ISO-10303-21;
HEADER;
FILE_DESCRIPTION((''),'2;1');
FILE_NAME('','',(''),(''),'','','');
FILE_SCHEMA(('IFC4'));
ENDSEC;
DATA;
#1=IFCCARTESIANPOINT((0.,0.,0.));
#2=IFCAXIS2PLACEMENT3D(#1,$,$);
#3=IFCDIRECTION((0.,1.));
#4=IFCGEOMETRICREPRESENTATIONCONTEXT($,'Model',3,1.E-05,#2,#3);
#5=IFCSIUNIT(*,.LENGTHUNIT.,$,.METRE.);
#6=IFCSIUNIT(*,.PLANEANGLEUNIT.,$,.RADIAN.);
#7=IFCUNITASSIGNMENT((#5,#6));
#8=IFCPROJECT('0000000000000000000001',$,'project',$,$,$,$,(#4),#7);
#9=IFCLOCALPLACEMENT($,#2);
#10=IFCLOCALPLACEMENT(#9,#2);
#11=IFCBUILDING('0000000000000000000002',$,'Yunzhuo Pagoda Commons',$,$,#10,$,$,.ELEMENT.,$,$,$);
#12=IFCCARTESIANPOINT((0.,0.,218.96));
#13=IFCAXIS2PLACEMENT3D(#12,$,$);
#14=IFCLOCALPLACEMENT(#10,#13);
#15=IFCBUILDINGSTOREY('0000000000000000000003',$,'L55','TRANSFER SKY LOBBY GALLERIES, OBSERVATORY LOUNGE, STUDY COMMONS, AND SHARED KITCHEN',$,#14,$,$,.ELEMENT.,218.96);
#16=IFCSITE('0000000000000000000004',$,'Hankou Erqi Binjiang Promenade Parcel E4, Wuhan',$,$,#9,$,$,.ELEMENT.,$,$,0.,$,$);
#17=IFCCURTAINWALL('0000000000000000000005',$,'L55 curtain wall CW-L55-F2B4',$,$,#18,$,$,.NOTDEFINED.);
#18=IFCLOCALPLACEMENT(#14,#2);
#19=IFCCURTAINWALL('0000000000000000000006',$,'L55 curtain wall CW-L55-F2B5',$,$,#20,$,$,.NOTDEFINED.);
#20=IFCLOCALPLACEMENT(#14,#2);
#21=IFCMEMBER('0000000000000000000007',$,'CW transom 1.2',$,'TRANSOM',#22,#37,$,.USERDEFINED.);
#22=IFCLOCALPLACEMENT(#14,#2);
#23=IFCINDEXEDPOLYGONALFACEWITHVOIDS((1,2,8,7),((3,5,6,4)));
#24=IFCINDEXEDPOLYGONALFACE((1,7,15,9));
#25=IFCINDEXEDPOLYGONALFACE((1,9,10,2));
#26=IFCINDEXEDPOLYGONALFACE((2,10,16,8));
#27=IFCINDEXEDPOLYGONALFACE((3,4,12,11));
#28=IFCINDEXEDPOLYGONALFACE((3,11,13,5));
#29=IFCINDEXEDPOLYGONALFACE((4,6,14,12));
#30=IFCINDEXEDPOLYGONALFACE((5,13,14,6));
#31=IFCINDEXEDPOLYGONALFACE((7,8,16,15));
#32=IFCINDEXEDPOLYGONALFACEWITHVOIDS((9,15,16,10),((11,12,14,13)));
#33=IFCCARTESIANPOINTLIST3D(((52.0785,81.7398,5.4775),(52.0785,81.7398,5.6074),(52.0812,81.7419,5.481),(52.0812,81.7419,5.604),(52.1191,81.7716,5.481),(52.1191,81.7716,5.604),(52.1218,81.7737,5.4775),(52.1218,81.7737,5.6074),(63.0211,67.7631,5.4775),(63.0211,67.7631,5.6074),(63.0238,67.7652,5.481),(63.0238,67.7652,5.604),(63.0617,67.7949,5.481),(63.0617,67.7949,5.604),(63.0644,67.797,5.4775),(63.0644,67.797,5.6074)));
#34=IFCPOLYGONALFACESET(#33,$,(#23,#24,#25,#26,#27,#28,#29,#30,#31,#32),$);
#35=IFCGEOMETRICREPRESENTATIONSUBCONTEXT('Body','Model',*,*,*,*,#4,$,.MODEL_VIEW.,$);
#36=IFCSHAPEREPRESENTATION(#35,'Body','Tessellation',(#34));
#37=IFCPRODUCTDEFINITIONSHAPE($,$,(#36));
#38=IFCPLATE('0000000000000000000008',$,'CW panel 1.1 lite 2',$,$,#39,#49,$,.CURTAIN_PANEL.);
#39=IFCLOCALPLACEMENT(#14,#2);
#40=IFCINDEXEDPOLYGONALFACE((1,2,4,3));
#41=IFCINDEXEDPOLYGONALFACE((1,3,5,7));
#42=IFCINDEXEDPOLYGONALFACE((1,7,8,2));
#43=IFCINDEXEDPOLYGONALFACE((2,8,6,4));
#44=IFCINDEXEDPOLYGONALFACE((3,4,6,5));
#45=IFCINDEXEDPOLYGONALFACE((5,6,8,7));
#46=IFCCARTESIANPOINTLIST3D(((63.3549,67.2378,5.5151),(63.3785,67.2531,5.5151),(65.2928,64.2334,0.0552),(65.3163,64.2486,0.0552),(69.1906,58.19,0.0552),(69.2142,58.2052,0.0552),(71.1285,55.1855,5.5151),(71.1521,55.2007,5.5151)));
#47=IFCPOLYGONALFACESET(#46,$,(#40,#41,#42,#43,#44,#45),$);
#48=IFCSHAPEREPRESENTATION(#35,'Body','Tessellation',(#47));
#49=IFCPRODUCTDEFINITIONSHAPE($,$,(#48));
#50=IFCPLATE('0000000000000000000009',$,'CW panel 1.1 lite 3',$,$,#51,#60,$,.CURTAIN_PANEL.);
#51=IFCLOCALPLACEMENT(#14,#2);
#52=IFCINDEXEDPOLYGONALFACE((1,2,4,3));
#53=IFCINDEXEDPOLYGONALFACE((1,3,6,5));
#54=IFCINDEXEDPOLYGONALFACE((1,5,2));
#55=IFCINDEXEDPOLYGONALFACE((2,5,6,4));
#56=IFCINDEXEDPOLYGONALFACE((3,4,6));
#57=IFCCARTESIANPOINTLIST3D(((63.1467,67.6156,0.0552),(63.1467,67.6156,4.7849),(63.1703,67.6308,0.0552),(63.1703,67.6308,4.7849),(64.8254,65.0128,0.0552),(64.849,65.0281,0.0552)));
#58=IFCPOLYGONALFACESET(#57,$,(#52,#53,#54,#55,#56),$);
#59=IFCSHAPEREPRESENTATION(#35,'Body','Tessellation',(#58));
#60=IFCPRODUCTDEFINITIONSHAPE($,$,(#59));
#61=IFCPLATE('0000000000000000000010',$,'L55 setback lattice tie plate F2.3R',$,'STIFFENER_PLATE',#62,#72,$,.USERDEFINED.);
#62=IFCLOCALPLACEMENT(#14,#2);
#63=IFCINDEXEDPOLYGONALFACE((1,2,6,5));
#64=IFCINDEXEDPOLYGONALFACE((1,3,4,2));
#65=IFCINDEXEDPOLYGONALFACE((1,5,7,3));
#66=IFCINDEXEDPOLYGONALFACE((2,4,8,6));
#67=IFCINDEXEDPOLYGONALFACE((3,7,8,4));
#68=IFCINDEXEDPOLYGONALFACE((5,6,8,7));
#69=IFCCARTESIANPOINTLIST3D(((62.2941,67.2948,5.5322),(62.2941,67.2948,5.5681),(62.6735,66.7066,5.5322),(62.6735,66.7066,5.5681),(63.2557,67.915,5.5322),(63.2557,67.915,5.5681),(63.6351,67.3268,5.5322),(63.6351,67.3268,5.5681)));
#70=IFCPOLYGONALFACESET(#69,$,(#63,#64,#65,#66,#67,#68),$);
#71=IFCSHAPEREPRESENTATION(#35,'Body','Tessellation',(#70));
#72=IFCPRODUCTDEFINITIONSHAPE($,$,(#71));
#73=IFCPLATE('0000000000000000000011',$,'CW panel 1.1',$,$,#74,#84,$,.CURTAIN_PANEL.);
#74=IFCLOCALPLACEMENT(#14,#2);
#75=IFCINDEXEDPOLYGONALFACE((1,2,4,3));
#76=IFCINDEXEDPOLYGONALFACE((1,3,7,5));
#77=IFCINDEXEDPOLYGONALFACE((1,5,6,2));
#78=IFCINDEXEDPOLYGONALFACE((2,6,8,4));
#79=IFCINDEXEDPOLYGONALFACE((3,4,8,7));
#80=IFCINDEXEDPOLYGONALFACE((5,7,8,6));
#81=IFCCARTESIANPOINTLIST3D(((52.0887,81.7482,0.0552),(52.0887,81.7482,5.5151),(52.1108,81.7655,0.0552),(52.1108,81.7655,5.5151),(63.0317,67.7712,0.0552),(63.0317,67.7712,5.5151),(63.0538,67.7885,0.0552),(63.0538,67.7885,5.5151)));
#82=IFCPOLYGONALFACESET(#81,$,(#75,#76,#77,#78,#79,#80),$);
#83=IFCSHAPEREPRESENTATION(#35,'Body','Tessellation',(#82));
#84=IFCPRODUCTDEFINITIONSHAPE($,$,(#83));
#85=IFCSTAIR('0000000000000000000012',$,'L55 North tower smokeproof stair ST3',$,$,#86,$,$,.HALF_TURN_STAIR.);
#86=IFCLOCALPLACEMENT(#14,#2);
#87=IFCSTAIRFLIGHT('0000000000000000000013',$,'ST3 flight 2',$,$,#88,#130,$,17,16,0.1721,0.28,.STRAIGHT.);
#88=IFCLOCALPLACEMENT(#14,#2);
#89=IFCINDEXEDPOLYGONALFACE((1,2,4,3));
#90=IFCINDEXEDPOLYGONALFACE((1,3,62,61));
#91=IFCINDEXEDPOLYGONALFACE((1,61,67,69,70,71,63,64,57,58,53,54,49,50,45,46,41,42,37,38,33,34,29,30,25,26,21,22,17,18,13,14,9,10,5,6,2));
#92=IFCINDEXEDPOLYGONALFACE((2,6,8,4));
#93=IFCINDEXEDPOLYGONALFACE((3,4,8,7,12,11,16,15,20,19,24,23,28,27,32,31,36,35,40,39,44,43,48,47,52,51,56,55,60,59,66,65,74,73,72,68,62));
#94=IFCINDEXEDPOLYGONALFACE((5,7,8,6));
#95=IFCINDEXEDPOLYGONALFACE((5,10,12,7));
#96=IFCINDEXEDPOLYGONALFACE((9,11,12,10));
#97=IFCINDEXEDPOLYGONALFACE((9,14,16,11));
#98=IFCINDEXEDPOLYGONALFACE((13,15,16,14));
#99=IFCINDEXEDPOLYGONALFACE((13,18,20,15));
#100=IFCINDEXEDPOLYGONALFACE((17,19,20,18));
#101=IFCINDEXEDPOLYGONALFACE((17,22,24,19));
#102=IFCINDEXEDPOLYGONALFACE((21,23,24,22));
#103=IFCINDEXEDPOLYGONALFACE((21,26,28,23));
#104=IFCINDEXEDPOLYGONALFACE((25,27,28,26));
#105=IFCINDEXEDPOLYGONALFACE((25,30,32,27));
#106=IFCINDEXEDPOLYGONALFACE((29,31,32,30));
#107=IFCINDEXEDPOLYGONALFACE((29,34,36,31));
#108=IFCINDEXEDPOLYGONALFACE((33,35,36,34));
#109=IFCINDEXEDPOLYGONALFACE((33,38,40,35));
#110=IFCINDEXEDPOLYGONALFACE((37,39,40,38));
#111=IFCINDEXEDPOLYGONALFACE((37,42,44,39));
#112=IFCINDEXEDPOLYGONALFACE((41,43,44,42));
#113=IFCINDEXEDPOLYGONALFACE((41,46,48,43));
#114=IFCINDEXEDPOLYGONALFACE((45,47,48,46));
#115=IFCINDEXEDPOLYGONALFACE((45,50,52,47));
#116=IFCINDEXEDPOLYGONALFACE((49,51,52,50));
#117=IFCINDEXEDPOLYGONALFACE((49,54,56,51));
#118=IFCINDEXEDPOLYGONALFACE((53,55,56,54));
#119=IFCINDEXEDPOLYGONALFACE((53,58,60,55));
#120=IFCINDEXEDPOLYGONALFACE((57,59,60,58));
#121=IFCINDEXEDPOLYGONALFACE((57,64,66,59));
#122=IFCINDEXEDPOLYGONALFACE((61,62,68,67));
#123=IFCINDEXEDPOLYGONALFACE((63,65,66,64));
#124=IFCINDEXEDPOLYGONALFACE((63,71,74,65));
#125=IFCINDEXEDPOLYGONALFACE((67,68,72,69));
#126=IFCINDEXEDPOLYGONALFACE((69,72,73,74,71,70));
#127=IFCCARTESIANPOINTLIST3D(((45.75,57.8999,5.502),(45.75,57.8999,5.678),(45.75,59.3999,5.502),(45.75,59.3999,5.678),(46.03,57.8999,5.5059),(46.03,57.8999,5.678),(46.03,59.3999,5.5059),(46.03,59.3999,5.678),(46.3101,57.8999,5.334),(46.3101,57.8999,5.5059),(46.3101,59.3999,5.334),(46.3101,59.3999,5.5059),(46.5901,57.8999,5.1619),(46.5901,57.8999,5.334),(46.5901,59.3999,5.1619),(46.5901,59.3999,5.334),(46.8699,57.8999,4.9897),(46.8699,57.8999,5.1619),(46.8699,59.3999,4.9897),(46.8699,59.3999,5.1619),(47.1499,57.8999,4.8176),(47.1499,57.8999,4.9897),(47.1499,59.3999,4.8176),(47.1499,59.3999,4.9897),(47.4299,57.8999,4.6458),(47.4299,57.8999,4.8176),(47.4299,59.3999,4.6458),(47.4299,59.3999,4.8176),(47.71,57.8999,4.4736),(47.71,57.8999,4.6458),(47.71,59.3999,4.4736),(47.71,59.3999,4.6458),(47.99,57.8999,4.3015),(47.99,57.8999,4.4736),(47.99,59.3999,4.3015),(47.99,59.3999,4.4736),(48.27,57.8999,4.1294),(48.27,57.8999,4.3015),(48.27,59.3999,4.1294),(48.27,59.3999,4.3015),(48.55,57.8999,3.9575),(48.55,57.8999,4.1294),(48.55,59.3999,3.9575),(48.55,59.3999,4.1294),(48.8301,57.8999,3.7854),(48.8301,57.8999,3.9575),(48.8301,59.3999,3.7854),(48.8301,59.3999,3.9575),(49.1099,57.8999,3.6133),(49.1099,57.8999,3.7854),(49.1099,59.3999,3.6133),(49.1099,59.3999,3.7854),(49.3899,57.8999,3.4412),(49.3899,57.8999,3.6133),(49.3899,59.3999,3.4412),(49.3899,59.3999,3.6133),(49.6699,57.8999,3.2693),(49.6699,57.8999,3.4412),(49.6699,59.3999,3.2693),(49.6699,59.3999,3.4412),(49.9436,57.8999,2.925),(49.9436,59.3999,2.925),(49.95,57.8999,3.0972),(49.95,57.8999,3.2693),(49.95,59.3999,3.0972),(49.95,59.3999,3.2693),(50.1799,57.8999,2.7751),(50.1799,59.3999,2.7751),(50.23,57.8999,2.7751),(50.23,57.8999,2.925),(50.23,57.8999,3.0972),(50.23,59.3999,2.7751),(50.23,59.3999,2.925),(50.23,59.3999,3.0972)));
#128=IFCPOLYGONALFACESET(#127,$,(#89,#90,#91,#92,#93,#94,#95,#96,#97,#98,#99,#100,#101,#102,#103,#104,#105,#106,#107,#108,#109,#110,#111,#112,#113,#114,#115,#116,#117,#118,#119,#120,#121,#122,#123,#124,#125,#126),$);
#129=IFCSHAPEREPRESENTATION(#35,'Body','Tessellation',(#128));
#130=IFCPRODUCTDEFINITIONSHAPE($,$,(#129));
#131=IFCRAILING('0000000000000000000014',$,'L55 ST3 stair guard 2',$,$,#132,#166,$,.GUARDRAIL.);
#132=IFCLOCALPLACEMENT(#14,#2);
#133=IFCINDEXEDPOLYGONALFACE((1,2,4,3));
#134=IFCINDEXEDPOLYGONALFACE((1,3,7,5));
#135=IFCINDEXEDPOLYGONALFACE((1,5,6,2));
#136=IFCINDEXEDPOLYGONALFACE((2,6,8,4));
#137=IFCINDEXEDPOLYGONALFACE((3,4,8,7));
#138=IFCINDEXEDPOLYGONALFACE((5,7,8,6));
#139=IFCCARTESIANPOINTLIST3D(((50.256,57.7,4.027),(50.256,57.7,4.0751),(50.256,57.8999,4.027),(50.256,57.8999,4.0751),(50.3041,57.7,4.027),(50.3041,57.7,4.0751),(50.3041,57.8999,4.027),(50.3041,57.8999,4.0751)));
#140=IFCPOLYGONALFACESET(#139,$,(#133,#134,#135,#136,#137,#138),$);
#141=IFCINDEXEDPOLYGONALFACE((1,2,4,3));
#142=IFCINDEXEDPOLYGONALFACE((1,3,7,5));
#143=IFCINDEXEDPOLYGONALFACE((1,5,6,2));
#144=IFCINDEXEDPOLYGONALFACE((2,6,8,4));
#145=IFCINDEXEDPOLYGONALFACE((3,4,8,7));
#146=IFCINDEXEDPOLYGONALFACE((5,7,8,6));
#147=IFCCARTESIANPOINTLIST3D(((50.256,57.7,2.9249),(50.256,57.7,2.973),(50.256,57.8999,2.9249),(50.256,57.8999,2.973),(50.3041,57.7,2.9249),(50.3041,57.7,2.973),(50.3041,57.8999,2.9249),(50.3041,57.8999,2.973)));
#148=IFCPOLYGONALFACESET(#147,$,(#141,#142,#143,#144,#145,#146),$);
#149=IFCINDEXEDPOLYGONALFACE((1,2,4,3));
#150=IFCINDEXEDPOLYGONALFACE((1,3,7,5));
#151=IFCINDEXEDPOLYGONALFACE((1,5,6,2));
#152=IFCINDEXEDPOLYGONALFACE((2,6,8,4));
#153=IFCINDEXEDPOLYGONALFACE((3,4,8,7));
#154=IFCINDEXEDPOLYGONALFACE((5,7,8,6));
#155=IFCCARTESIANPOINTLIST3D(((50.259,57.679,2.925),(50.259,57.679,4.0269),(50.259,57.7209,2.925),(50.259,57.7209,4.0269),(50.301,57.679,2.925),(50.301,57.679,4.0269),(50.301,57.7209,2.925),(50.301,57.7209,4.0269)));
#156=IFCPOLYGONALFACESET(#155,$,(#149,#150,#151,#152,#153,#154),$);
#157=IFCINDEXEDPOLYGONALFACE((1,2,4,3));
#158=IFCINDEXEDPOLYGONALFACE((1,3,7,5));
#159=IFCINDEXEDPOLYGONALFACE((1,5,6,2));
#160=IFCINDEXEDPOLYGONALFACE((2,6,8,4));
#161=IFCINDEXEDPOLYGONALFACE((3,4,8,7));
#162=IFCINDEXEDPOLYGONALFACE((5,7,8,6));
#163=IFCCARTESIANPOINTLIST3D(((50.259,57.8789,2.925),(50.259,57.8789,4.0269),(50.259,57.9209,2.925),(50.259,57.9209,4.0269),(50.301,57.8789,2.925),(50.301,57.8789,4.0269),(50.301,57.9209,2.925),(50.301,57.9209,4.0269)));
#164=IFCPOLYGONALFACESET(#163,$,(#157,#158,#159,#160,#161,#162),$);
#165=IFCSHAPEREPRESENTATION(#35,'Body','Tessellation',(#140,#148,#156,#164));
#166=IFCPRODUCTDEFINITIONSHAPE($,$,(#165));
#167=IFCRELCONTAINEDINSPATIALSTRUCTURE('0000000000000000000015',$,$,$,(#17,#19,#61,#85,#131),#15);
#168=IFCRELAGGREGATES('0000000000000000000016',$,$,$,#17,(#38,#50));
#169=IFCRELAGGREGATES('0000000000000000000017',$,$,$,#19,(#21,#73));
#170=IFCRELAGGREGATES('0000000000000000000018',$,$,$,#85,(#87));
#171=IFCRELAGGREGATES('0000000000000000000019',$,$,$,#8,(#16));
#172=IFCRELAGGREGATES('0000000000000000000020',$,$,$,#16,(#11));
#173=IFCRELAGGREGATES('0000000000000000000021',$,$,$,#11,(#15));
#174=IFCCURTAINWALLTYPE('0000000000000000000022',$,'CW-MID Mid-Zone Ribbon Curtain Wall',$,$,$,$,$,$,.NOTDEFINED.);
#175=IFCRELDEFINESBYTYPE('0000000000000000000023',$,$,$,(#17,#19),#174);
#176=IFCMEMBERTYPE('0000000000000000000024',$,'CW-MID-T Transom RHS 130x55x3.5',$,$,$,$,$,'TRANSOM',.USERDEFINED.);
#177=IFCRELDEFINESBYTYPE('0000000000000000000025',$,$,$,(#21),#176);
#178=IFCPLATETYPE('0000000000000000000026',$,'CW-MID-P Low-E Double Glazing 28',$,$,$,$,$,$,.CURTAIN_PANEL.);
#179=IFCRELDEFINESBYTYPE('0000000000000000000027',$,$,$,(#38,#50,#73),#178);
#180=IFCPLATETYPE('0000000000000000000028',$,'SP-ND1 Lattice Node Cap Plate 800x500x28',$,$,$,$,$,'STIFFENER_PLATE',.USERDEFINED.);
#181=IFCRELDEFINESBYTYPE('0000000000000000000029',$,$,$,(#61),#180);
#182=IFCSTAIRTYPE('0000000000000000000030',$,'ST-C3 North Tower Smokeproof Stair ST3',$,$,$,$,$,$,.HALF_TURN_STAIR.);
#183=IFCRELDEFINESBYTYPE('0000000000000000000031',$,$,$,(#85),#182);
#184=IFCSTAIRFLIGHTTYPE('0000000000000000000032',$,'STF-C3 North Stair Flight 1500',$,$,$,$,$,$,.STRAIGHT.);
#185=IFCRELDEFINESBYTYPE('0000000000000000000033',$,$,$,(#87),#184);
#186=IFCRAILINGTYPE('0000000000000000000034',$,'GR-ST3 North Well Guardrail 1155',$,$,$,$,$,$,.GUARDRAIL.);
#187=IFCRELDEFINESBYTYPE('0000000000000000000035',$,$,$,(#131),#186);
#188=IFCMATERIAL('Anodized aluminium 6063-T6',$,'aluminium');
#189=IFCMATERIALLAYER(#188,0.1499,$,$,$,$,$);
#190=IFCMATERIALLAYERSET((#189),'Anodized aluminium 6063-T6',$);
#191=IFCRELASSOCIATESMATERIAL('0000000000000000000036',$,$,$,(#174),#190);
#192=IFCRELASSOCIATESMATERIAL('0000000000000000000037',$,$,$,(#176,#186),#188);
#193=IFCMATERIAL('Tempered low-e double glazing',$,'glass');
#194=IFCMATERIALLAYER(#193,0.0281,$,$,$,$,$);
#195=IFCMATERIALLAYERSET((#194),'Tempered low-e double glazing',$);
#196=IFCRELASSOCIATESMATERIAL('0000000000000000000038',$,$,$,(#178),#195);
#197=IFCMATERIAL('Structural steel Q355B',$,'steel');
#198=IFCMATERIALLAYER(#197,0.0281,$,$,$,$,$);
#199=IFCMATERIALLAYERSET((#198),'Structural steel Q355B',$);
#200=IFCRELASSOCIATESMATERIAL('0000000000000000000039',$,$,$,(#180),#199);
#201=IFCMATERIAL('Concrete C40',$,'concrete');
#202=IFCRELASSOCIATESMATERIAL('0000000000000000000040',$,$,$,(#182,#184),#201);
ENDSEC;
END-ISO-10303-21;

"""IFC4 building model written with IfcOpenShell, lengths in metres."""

from ifc_helpers import new_model, si_unit, direction, frame, origin, origin_2d, place, context, subcontext, project, spatial, polyline, rectangle, hollow_rectangle, outline, extrude, source, transform, mapped, material, layer, layer_set, material_profile, profile_set, type_object, element, aggregate, save


model = new_model("IFC4")

# Units and contexts
model_context = context("Model", 3, precision=1e-05, world=origin(), true_north=direction((0.0, 1.0)))
body_context = subcontext(model_context, "Body", "Model", "MODEL_VIEW")
ifc_project = project(units=[si_unit("LENGTHUNIT", "METRE"), si_unit("PLANEANGLEUNIT", "RADIAN")], contexts=[model_context])

# Site, building, storey
site_placement = place(None, origin())
site = spatial("IfcSite", under=ifc_project, at=site_placement, Name="Hankou Erqi Binjiang Promenade Parcel E4, Wuhan", CompositionType="ELEMENT", RefElevation=0.0)
building_placement = place(site_placement, origin())
building = spatial("IfcBuilding", under=site, at=building_placement, Name="Yunzhuo Pagoda Commons", CompositionType="ELEMENT")
storey_placement = place(building_placement, frame((0.0, 0.0, 218.96)))
storey = spatial("IfcBuildingStorey", under=building, at=storey_placement, Name="L55", Description="TRANSFER SKY LOBBY GALLERIES, OBSERVATORY LOUNGE, STUDY COMMONS, AND SHARED KITCHEN", CompositionType="ELEMENT", Elevation=218.96)

# Shared definitions
ifc_material_1 = material(Name="Structural steel Q355B", Category="steel")

# Curtain wall
ifc_material_2 = material(Name="Anodized aluminium 6063-T6", Category="aluminium")
ifc_layer_1 = layer(ifc_material_2, 0.1499)
ifc_layer_set_1 = layer_set([ifc_layer_1], Name="Anodized aluminium 6063-T6")
curtain_wall_type = type_object("IfcCurtainWallType", Name="CW-MID Mid-Zone Ribbon Curtain Wall", PredefinedType="NOTDEFINED", material=ifc_layer_set_1)
curtain_wall_1_placement = place(storey_placement, origin())
curtain_wall_1 = element("IfcCurtainWall", 1, at=curtain_wall_1_placement, inside=storey, type_object=curtain_wall_type, Name="L55 curtain wall CW-L55-F2B4", PredefinedType="NOTDEFINED")

# Curtain wall, member
curtain_wall_2_placement = place(storey_placement, origin())
curtain_wall_2 = element("IfcCurtainWall", 2, at=curtain_wall_2_placement, inside=storey, type_object=curtain_wall_type, Name="L55 curtain wall CW-L55-F2B5", PredefinedType="NOTDEFINED")
ifc_material_profile_1 = material_profile(ifc_material_2, hollow_rectangle(XDim=0.0549, YDim=0.1299, WallThickness=0.0034, at=origin_2d()), Name="Anodized aluminium 6063-T6")
ifc_profile_set_1 = profile_set([ifc_material_profile_1], Name="Anodized aluminium 6063-T6")
member_type_1 = type_object("IfcMemberType", Name="CW-MID-T Transom RHS 130x55x3.5", ElementType="TRANSOM", PredefinedType="USERDEFINED", material=ifc_profile_set_1)
shared_shape_1 = source(origin(), body_context, "Body", "SweptSolid", [
    extrude(hollow_rectangle(XDim=0.0549, YDim=0.1299, WallThickness=0.0034, at=origin_2d()), origin(), (0.0, 0.0, 1.0), 17.7507),
])
member_1_placement = place(storey_placement, frame((63.0427, 67.78, 5.5425), z_axis=(-0.616457, 0.787389, 0.0), x_axis=(-0.787389, -0.616457, 0.0)))
member_1 = element("IfcMember", 3, at=member_1_placement, type_object=member_type_1, Name="CW transom 1.2", ObjectType="TRANSOM", PredefinedType="USERDEFINED", context=body_context, shape_type="MappedRepresentation", body=[
    mapped(shared_shape_1, transform((0.0, 0.0, 0.0), scale=1.0)),
])

# Plates
ifc_material_3 = material(Name="Tempered low-e double glazing", Category="glass")
ifc_layer_2 = layer(ifc_material_3, 0.0281)
ifc_layer_set_2 = layer_set([ifc_layer_2], Name="Tempered low-e double glazing")
plate_type_1 = type_object("IfcPlateType", Name="CW-MID-P Low-E Double Glazing 28", PredefinedType="CURTAIN_PANEL", material=ifc_layer_set_2)
plate_1_placement = place(storey_placement, frame((67.2417, 61.2117, 2.7852), z_axis=(0.840365, 0.542021, 0.0), x_axis=(-0.542021, 0.840365, 0.0)))
plate_1 = element("IfcPlate", 4, at=plate_1_placement, type_object=plate_type_1, Name="CW panel 1.1 lite 2", PredefinedType="CURTAIN_PANEL", context=body_context, shape_type="SweptSolid", body=[
    extrude(outline(polyline([(-7.1709, 2.73), (-3.5957, -2.73), (3.5957, -2.73), (7.1709, 2.73), (-7.1709, 2.73)])), origin(), (0.0, 0.0, 1.0), 0.0281),
])
plate_2_placement = place(storey_placement, frame((63.9861, 66.3142, 2.4199), z_axis=(0.840365, 0.542021, 0.0), x_axis=(-0.542021, 0.840365, 0.0)))
plate_2 = element("IfcPlate", 5, at=plate_2_placement, type_object=plate_type_1, Name="CW panel 1.1 lite 3", PredefinedType="CURTAIN_PANEL", context=body_context, shape_type="SweptSolid", body=[
    extrude(outline(polyline([(-1.5486, -2.3647), (1.5486, -2.3647), (1.5486, 2.365), (-1.5486, -2.3647)])), origin(), (0.0, 0.0, 1.0), 0.0281),
])
aggregate(curtain_wall_1, [plate_1, plate_2])
ifc_layer_3 = layer(ifc_material_1, 0.0281)
ifc_layer_set_3 = layer_set([ifc_layer_3], Name="Structural steel Q355B")
plate_type_2 = type_object("IfcPlateType", Name="SP-ND1 Lattice Node Cap Plate 800x500x28", ElementType="STIFFENER_PLATE", PredefinedType="USERDEFINED", material=ifc_layer_set_3)
shared_shape_2 = source(origin(), body_context, "Body", "SweptSolid", [
    extrude(rectangle(XDim=0.7, YDim=1.1443, at=origin_2d()), origin(), (0.0, 0.0, 1.0), 0.0359),
])
plate_3_placement = place(storey_placement, frame((62.9646, 67.3108, 5.5322), z_axis=(0.0, 0.0, 1.0), x_axis=(-0.542016, 0.840368, 0.0)))
element("IfcPlate", 6, at=plate_3_placement, inside=storey, type_object=plate_type_2, Name="L55 setback lattice tie plate F2.3R", ObjectType="STIFFENER_PLATE", PredefinedType="USERDEFINED", context=body_context, shape_type="MappedRepresentation", body=[
    mapped(shared_shape_2, transform((0.0, 0.0, 0.0), scale=1.0)),
])
shared_shape_3 = source(origin(), body_context, "Body", "SweptSolid", [
    extrude(rectangle(XDim=17.7512, YDim=0.0281, at=origin_2d()), origin(), (0.0, 0.0, 1.0), 5.46),
])
plate_4_placement = place(storey_placement, frame((57.5713, 74.7683, 0.0552), z_axis=(0.0, 0.0, 1.0), x_axis=(-0.616464, 0.787383, 0.0)))
plate_4 = element("IfcPlate", 7, at=plate_4_placement, type_object=plate_type_1, Name="CW panel 1.1", PredefinedType="CURTAIN_PANEL", context=body_context, shape_type="MappedRepresentation", body=[
    mapped(shared_shape_3, transform((0.0, 0.0, 0.0), scale=1.0)),
])
aggregate(curtain_wall_2, [member_1, plate_4])

# Stair, stair flight
ifc_material_4 = material(Name="Concrete C40", Category="concrete")
stair_type = type_object("IfcStairType", Name="ST-C3 North Tower Smokeproof Stair ST3", PredefinedType="HALF_TURN_STAIR", material=ifc_material_4)
stair_placement = place(storey_placement, origin())
stair = element("IfcStair", 8, at=stair_placement, inside=storey, type_object=stair_type, Name="L55 North tower smokeproof stair ST3", PredefinedType="HALF_TURN_STAIR")
stair_flight_type = type_object("IfcStairFlightType", Name="STF-C3 North Stair Flight 1500", PredefinedType="STRAIGHT", material=ifc_material_4)
shared_shape_4 = source(origin(), body_context, "Body", "SweptSolid", [
    extrude(outline(polyline([(0.0, -0.1499), (0.0, 0.0), (0.0, 0.1721), (0.28, 0.1721), (0.28, 0.3442), (0.5601, 0.3442), (0.5601, 0.5161), (0.8401, 0.5161), (0.8401, 0.6882), (1.1201, 0.6882), (1.1201, 0.8604), (1.3999, 0.8604), (1.3999, 1.0325), (1.6799, 1.0325), (1.6799, 1.2043), (1.96, 1.2043), (1.96, 1.3765), (2.24, 1.3765), (2.24, 1.5486), (2.52, 1.5486), (2.52, 1.7207), (2.8, 1.7207), (2.8, 1.8926), (3.0801, 1.8926), (3.0801, 2.0647), (3.3601, 2.0647), (3.3601, 2.2368), (3.6399, 2.2368), (3.6399, 2.4089), (3.9199, 2.4089), (3.9199, 2.5808), (4.2, 2.5808), (4.2, 2.7529), (4.48, 2.7529), (4.48, 2.925), (4.48, 2.5769), (0.2864, 0.0), (0.05, -0.1499), (0.0, -0.1499)])), frame((0.0, 0.75, 0.0), z_axis=(0.0, -1.0, 0.0), x_axis=(1.0, 0.0, 0.0)), (0.0, 0.0, 1.0), 1.5),
])
stair_flight_placement = place(storey_placement, frame((50.23, 58.6499, 2.925), z_axis=(0.0, 0.0, 1.0), x_axis=(-1.0, 0.0, 0.0)))
stair_flight = element("IfcStairFlight", 9, at=stair_flight_placement, type_object=stair_flight_type, Name="ST3 flight 2", NumberOfRisers=17, NumberOfTreads=16, PredefinedType="STRAIGHT", RiserHeight=0.1721, TreadLength=0.28, context=body_context, shape_type="MappedRepresentation", body=[
    mapped(shared_shape_4, transform((0.0, 0.0, 0.0), scale=1.0)),
])
aggregate(stair, [stair_flight])

# Railing
railing_type_1 = type_object("IfcRailingType", Name="GR-ST3 North Well Guardrail 1155", PredefinedType="GUARDRAIL", material=ifc_material_2)
railing_1_placement = place(storey_placement, frame((50.28, 57.7, 2.925)))
element("IfcRailing", 10, at=railing_1_placement, inside=storey, type_object=railing_type_1, Name="L55 ST3 stair guard 2", PredefinedType="GUARDRAIL", context=body_context, shape_type="SweptSolid", body=[
    extrude(rectangle(XDim=0.0481, YDim=0.0481, at=origin_2d()), frame((0.0, 0.0, 1.126), z_axis=(0.0, 1.0, 0.0), x_axis=(-1.0, 0.0, 0.0)), (0.0, 0.0, 1.0), 0.2),
    extrude(rectangle(XDim=0.0481, YDim=0.0481, at=origin_2d()), frame((0.0, 0.0, 0.0239), z_axis=(0.0, 1.0, 0.0), x_axis=(-1.0, 0.0, 0.0)), (0.0, 0.0, 1.0), 0.2),
    extrude(rectangle(XDim=0.042, YDim=0.042, at=origin_2d()), origin(), (0.0, 0.0, 1.0), 1.1018),
    extrude(rectangle(XDim=0.042, YDim=0.042, at=origin_2d()), frame((0.0, 0.2, 0.0)), (0.0, 0.0, 1.0), 1.1018),
])

save(model, "model.ifc")
